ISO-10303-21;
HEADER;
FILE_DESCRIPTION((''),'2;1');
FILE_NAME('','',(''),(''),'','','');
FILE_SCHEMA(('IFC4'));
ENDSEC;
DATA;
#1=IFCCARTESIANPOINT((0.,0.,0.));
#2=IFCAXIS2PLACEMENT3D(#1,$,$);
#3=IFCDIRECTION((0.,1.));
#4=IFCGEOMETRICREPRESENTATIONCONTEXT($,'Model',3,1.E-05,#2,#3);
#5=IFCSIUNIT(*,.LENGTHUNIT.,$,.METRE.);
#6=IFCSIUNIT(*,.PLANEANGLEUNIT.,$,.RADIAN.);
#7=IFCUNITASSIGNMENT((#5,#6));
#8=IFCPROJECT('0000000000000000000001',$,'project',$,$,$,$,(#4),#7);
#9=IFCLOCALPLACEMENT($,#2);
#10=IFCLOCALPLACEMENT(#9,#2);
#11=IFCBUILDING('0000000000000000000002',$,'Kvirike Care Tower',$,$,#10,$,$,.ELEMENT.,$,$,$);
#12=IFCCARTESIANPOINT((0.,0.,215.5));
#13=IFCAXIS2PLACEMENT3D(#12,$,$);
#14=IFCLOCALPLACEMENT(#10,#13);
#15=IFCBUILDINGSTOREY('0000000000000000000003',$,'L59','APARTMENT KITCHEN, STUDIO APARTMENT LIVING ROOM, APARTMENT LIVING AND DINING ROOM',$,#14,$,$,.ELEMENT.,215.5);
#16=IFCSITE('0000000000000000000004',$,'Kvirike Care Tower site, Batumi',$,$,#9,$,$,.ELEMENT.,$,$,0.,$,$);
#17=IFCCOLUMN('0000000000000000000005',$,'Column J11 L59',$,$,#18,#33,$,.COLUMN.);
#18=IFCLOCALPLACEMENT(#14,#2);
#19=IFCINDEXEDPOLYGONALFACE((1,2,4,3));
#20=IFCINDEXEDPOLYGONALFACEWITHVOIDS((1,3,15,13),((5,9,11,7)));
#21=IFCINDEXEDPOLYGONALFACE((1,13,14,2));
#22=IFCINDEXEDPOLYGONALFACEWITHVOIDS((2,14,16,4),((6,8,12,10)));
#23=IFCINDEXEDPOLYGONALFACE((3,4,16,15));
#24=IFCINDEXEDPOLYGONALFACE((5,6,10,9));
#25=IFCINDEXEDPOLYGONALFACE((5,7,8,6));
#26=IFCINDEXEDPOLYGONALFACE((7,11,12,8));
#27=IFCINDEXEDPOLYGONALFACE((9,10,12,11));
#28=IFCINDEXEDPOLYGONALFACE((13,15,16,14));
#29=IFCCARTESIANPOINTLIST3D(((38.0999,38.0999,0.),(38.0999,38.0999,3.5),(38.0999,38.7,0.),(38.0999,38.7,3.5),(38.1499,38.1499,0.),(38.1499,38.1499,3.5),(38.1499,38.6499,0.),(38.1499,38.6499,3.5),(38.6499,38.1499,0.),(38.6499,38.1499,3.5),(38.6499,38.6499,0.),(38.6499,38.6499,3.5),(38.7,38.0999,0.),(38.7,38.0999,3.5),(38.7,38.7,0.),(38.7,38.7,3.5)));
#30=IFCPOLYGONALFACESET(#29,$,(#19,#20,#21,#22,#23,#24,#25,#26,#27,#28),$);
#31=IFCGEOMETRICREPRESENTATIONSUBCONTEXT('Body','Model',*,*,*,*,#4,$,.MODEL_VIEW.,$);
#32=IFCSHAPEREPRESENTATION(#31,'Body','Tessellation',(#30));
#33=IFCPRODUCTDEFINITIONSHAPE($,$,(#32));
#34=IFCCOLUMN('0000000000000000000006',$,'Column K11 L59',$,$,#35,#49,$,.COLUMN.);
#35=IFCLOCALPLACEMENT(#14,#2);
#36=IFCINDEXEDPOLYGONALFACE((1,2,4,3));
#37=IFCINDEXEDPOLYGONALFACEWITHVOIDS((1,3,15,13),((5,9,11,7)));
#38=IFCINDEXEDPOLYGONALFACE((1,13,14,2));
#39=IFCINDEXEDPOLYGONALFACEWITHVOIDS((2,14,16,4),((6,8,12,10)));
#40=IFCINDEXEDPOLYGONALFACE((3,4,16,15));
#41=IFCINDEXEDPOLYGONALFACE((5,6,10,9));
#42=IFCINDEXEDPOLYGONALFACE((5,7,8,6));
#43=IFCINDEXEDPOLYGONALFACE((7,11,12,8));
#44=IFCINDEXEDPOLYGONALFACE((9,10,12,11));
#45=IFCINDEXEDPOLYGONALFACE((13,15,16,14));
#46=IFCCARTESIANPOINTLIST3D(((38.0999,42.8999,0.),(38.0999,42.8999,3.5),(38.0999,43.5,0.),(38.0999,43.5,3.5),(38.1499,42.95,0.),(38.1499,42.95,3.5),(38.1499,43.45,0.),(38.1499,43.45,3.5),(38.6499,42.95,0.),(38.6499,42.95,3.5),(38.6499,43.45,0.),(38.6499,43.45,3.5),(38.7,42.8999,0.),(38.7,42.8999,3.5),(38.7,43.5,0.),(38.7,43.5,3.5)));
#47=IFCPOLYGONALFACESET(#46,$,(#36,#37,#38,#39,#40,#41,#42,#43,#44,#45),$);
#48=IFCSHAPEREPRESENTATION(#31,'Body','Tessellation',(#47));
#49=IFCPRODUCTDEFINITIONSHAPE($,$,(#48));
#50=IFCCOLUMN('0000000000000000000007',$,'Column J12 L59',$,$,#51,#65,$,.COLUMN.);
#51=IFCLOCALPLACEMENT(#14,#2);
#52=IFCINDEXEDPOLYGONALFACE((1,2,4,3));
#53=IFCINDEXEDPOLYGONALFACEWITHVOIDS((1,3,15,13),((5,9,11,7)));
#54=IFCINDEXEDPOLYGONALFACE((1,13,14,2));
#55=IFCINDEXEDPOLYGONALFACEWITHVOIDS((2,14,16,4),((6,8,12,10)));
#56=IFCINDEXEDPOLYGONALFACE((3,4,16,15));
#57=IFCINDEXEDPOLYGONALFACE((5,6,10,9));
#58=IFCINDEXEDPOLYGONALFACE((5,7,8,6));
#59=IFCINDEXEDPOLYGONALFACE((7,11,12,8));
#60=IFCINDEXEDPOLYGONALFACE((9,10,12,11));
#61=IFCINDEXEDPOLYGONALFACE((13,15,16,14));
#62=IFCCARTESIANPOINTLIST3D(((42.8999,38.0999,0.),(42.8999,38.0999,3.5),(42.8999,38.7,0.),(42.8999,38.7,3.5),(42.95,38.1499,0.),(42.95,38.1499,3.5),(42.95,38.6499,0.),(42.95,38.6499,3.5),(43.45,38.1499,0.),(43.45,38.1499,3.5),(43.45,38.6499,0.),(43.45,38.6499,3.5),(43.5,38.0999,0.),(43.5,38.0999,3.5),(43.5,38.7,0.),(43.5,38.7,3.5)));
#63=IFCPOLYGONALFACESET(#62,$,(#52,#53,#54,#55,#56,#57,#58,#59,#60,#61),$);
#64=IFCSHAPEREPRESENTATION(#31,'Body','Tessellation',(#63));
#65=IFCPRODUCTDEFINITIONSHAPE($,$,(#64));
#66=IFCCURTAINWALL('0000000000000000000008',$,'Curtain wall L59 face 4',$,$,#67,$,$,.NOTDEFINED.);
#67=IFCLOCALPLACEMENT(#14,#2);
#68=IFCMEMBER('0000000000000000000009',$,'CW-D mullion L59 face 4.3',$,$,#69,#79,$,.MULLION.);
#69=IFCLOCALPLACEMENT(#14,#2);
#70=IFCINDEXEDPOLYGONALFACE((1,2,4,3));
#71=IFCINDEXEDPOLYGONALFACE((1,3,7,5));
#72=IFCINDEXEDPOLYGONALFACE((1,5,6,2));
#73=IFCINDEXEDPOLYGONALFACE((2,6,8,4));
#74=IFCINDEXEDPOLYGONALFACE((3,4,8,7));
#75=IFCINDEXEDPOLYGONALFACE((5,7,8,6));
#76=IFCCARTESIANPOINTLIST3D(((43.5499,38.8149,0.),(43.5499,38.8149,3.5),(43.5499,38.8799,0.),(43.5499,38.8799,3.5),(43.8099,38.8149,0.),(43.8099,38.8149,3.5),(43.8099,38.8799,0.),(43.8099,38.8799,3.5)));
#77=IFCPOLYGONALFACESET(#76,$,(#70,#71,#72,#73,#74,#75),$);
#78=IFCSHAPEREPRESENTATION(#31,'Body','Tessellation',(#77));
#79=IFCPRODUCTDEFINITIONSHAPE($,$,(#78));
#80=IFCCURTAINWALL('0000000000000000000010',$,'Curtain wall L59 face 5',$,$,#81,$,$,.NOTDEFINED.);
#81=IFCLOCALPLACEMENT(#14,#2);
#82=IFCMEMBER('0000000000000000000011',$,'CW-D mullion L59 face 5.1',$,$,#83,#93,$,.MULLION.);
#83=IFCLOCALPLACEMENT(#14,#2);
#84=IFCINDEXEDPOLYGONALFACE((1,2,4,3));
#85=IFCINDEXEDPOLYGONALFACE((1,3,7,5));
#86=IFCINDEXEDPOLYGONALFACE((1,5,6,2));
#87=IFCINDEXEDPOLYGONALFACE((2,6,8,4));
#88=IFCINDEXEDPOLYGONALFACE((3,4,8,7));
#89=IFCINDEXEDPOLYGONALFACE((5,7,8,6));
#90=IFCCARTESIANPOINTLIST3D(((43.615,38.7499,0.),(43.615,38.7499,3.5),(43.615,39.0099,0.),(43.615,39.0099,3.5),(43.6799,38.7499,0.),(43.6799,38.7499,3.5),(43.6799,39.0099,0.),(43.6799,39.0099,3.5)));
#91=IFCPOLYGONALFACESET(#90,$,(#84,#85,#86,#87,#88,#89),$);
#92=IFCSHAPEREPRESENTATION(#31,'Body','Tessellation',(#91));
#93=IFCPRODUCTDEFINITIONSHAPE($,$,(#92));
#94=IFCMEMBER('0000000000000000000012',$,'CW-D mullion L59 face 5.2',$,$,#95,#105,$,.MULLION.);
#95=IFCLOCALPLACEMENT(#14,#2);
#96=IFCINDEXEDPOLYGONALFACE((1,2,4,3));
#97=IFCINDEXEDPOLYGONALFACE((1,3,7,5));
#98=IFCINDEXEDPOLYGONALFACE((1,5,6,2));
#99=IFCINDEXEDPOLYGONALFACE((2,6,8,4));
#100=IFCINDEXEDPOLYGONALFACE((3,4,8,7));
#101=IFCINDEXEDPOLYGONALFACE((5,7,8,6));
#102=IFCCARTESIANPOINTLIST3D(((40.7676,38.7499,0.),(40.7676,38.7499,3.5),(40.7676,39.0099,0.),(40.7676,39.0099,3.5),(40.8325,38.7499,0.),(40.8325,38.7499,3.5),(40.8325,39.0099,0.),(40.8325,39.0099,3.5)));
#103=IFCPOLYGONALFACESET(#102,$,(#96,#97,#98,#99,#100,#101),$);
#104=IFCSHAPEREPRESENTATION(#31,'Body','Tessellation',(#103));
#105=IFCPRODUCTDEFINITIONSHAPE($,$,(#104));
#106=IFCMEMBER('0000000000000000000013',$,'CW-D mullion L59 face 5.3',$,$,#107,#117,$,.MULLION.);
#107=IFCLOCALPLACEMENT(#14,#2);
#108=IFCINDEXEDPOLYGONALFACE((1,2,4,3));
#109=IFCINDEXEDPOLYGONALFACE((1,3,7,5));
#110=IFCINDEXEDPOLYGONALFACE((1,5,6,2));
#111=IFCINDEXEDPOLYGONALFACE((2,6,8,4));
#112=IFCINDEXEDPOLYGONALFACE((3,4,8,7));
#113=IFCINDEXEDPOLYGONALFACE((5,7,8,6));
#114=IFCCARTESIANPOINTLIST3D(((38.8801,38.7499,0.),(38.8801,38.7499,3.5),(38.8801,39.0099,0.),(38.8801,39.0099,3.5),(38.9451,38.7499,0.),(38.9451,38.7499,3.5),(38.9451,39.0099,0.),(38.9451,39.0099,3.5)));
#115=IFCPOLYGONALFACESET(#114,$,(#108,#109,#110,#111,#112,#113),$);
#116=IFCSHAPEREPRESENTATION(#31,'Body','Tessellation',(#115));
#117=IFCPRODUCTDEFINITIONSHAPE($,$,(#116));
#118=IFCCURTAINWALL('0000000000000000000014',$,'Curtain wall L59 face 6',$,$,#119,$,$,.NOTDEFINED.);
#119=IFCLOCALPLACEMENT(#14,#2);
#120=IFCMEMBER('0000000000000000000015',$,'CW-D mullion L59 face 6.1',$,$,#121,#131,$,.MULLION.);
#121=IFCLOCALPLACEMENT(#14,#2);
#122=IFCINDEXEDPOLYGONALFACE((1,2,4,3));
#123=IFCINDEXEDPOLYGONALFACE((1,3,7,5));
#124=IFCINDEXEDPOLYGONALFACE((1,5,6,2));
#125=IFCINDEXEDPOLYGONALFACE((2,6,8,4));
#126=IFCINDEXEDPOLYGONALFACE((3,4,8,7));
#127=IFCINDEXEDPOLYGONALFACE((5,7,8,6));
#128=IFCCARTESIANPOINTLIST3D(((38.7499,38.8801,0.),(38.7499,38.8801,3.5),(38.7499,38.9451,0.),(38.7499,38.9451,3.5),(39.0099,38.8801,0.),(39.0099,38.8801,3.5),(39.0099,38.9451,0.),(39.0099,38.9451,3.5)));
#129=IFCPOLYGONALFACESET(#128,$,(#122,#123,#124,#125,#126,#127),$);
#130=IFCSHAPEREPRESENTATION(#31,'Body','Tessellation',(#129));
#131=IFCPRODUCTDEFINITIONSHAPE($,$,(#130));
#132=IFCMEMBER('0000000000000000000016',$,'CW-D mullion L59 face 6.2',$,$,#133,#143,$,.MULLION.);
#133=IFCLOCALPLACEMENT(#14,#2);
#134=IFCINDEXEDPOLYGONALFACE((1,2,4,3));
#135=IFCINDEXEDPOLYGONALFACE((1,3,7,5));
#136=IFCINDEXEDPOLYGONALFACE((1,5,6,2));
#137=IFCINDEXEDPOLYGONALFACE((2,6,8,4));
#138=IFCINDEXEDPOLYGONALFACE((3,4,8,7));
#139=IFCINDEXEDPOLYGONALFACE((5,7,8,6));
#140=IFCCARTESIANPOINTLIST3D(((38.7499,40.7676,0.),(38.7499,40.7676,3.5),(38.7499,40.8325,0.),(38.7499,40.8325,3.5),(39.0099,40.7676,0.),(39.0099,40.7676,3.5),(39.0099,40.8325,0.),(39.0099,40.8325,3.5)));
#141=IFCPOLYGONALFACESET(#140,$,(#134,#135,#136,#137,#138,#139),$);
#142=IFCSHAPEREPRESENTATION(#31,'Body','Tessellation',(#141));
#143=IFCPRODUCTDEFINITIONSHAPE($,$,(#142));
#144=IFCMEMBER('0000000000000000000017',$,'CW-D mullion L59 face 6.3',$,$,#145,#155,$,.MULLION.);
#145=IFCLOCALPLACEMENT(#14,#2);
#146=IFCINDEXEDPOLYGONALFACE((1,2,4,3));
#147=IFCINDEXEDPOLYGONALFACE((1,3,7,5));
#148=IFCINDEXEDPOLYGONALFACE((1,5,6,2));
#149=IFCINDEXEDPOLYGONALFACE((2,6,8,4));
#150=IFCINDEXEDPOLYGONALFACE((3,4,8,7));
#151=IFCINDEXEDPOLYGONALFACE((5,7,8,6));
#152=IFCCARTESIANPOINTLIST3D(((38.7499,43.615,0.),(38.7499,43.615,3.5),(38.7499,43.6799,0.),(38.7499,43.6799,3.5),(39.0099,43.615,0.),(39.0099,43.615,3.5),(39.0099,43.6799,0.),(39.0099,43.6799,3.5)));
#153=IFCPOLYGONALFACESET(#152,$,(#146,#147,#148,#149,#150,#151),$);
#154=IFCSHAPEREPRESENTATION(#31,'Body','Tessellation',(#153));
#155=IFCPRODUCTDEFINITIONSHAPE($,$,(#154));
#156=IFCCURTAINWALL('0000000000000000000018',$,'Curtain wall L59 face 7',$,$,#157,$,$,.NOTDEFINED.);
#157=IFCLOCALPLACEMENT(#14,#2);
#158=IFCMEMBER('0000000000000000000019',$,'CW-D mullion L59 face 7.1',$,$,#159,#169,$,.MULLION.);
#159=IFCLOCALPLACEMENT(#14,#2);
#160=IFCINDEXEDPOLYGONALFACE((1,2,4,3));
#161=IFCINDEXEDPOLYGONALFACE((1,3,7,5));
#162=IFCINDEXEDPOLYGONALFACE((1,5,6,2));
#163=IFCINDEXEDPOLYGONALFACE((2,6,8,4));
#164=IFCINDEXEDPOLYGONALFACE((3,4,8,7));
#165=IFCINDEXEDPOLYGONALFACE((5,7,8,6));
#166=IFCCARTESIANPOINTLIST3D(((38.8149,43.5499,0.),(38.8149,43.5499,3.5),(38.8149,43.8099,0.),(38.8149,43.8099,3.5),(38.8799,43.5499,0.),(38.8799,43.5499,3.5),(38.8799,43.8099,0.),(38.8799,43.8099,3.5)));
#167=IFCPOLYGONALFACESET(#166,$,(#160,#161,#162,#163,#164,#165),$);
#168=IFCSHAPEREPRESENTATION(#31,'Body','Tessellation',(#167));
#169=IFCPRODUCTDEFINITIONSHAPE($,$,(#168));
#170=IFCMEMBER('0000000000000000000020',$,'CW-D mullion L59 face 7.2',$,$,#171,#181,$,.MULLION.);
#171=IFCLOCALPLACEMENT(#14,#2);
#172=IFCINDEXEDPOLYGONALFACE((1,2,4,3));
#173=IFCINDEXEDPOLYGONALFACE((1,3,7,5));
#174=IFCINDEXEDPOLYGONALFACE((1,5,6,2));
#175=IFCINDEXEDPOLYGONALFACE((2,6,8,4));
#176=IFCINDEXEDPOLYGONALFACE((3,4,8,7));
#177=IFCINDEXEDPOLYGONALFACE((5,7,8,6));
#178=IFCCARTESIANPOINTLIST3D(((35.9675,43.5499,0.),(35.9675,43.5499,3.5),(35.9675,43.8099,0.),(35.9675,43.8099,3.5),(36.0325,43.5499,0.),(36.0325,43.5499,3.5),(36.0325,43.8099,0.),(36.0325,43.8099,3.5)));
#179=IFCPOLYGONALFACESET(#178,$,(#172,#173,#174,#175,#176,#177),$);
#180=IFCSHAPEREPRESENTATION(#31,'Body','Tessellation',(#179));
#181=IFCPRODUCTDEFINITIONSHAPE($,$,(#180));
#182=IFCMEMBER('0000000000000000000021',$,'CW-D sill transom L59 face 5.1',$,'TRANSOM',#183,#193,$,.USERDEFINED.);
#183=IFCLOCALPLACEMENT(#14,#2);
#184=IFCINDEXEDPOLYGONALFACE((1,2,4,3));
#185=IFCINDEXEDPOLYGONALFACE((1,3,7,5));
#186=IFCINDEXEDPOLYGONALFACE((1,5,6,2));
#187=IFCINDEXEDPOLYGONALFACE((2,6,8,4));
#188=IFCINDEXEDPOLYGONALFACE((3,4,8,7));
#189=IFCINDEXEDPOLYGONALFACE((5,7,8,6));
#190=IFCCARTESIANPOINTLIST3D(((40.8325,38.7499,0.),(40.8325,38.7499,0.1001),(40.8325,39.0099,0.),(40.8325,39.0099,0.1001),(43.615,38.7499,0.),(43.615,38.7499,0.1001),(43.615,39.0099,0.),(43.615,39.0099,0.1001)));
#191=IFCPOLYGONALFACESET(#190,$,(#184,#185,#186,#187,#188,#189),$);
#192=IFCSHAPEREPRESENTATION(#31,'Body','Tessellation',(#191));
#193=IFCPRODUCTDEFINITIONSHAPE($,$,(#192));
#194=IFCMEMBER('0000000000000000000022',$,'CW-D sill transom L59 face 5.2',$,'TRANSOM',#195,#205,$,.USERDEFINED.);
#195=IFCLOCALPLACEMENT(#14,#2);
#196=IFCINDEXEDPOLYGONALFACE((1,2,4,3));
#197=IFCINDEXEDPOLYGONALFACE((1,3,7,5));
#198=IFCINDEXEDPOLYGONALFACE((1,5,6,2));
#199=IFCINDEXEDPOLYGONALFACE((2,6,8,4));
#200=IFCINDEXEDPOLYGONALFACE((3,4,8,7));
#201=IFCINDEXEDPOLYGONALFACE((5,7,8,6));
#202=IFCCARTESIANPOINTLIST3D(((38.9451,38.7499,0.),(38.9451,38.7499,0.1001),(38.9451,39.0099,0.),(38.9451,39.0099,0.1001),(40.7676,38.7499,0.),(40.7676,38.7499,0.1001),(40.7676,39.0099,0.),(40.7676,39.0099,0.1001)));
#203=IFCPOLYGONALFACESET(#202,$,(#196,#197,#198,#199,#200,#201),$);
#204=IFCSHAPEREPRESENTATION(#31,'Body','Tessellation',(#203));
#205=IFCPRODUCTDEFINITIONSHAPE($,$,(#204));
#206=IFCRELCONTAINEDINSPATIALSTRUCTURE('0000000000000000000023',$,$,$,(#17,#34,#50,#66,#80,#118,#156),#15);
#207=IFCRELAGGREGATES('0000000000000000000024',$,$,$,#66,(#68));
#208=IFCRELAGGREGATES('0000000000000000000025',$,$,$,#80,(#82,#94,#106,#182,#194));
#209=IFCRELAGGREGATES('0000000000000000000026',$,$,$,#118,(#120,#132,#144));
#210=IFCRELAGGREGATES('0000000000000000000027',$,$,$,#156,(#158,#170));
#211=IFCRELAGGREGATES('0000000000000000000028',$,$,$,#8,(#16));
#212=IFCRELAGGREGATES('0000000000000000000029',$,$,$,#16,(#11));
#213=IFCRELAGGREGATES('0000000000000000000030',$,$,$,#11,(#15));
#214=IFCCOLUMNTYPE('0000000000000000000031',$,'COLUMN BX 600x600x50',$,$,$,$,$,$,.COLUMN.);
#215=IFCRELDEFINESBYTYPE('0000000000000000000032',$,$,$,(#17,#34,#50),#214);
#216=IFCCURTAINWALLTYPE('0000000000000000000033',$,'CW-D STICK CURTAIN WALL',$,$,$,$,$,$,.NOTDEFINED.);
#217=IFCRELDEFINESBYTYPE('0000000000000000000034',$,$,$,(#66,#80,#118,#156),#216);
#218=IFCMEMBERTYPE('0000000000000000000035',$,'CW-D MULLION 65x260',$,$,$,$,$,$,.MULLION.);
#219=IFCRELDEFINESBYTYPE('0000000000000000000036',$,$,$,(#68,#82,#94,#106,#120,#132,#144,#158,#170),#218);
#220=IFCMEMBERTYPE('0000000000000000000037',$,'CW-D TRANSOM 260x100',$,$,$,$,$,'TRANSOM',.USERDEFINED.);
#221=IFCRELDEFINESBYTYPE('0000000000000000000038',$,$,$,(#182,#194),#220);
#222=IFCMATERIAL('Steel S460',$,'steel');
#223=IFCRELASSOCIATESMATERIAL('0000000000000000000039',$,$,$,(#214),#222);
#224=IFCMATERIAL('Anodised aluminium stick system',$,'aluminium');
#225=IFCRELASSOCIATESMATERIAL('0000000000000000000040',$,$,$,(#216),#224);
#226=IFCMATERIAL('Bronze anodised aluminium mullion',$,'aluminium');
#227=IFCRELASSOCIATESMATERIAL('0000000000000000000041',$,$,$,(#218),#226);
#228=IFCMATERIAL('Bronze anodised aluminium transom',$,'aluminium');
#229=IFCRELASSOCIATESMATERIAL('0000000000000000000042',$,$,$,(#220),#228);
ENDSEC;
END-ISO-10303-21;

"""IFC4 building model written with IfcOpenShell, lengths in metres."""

from ifc_helpers import new_model, si_unit, direction, frame, origin, origin_2d, place, context, subcontext, project, spatial, rectangle, hollow_rectangle, extrude, material, material_profile, profile_set, type_object, element, aggregate, save


model = new_model("IFC4")

# Units and contexts
model_context = context("Model", 3, precision=1e-05, world=origin(), true_north=direction((0.0, 1.0)))
body_context = subcontext(model_context, "Body", "Model", "MODEL_VIEW")
ifc_project = project(units=[si_unit("LENGTHUNIT", "METRE"), si_unit("PLANEANGLEUNIT", "RADIAN")], contexts=[model_context])

# Site, building, storey
site_placement = place(None, origin())
site = spatial("IfcSite", under=ifc_project, at=site_placement, Name="Kvirike Care Tower site, Batumi", CompositionType="ELEMENT", RefElevation=0.0)
building_placement = place(site_placement, origin())
building = spatial("IfcBuilding", under=site, at=building_placement, Name="Kvirike Care Tower", CompositionType="ELEMENT")
storey_placement = place(building_placement, frame((0.0, 0.0, 215.5)))
storey = spatial("IfcBuildingStorey", under=building, at=storey_placement, Name="L59", Description="APARTMENT KITCHEN, STUDIO APARTMENT LIVING ROOM, APARTMENT LIVING AND DINING ROOM", CompositionType="ELEMENT", Elevation=215.5)

# Columns
ifc_material_1 = material(Name="Steel S460", Category="steel")
ifc_material_profile_1 = material_profile(ifc_material_1, hollow_rectangle(XDim=0.6001, YDim=0.6001, WallThickness=0.05, at=origin_2d()), Name="BX 600x600x50")
ifc_profile_set_1 = profile_set([ifc_material_profile_1], Name="Steel S460")
column_type = type_object("IfcColumnType", Name="COLUMN BX 600x600x50", PredefinedType="COLUMN", material=ifc_profile_set_1)
for number, where, z_axis, x_axis, name in (
    (1, (38.3999, 38.3999, 0.0), (0.0, 0.0, 1.0), (0.0, 1.0, 0.0), "Column J11 L59"),
    (2, (38.3999, 43.2, 0.0), (0.0, 0.0, 1.0), (0.0, 1.0, 0.0), "Column K11 L59"),
    (3, (43.2, 38.3999, 0.0), (0.0, 0.0, 1.0), (0.0, 1.0, 0.0), "Column J12 L59"),
):
    element("IfcColumn", number, at=place(storey_placement, frame(where, z_axis=z_axis, x_axis=x_axis)), inside=storey, type_object=column_type, Name=name, PredefinedType="COLUMN", context=body_context, shape_type="SweptSolid", body=[
        extrude(hollow_rectangle(XDim=0.6001, YDim=0.6001, WallThickness=0.05, at=origin_2d()), origin(), (0.0, 0.0, 1.0), 3.5),
    ])

# Curtain wall, member
ifc_material_2 = material(Name="Anodised aluminium stick system", Category="aluminium")
curtain_wall_type = type_object("IfcCurtainWallType", Name="CW-D STICK CURTAIN WALL", PredefinedType="NOTDEFINED", material=ifc_material_2)
curtain_wall_1_placement = place(storey_placement, origin())
curtain_wall_1 = element("IfcCurtainWall", 4, at=curtain_wall_1_placement, inside=storey, type_object=curtain_wall_type, Name="Curtain wall L59 face 4", PredefinedType="NOTDEFINED")
ifc_material_3 = material(Name="Bronze anodised aluminium mullion", Category="aluminium")
ifc_material_profile_2 = material_profile(ifc_material_3, rectangle(XDim=0.0649, YDim=0.26, at=origin_2d()), Name="CW-D MULLION 65x260")
ifc_profile_set_2 = profile_set([ifc_material_profile_2], Name="Bronze anodised aluminium mullion")
member_type_1 = type_object("IfcMemberType", Name="CW-D MULLION 65x260", PredefinedType="MULLION", material=ifc_profile_set_2)
member_1_placement = place(storey_placement, frame((43.6799, 38.8474, 0.0), z_axis=(0.0, 0.0, 1.0), x_axis=(0.0, 1.0, 0.0)))
member_1 = element("IfcMember", 5, at=member_1_placement, type_object=member_type_1, Name="CW-D mullion L59 face 4.3", PredefinedType="MULLION", context=body_context, shape_type="SweptSolid", body=[
    extrude(rectangle(XDim=0.0649, YDim=0.26, at=origin_2d()), origin(), (0.0, 0.0, 1.0), 3.5),
])

# Curtain walls, members
curtain_wall_2_placement = place(storey_placement, origin())
curtain_wall_2 = element("IfcCurtainWall", 6, at=curtain_wall_2_placement, inside=storey, type_object=curtain_wall_type, Name="Curtain wall L59 face 5", PredefinedType="NOTDEFINED")
member_2_placement = place(storey_placement, frame((43.6475, 38.8799, 0.0), z_axis=(0.0, 0.0, 1.0), x_axis=(-1.0, 0.0, 0.0)))
member_2 = element("IfcMember", 7, at=member_2_placement, type_object=member_type_1, Name="CW-D mullion L59 face 5.1", PredefinedType="MULLION", context=body_context, shape_type="SweptSolid", body=[
    extrude(rectangle(XDim=0.0649, YDim=0.26, at=origin_2d()), origin(), (0.0, 0.0, 1.0), 3.5),
])
member_3_placement = place(storey_placement, frame((40.8, 38.8799, 0.0), z_axis=(0.0, 0.0, 1.0), x_axis=(-1.0, 0.0, 0.0)))
member_3 = element("IfcMember", 8, at=member_3_placement, type_object=member_type_1, Name="CW-D mullion L59 face 5.2", PredefinedType="MULLION", context=body_context, shape_type="SweptSolid", body=[
    extrude(rectangle(XDim=0.0649, YDim=0.26, at=origin_2d()), origin(), (0.0, 0.0, 1.0), 3.5),
])
member_4_placement = place(storey_placement, frame((38.9126, 38.8799, 0.0), z_axis=(0.0, 0.0, 1.0), x_axis=(-1.0, 0.0, 0.0)))
member_4 = element("IfcMember", 9, at=member_4_placement, type_object=member_type_1, Name="CW-D mullion L59 face 5.3", PredefinedType="MULLION", context=body_context, shape_type="SweptSolid", body=[
    extrude(rectangle(XDim=0.0649, YDim=0.26, at=origin_2d()), origin(), (0.0, 0.0, 1.0), 3.5),
])
curtain_wall_3_placement = place(storey_placement, origin())
curtain_wall_3 = element("IfcCurtainWall", 10, at=curtain_wall_3_placement, inside=storey, type_object=curtain_wall_type, Name="Curtain wall L59 face 6", PredefinedType="NOTDEFINED")
member_5_placement = place(storey_placement, frame((38.8799, 38.9126, 0.0), z_axis=(0.0, 0.0, 1.0), x_axis=(0.0, 1.0, 0.0)))
member_5 = element("IfcMember", 11, at=member_5_placement, type_object=member_type_1, Name="CW-D mullion L59 face 6.1", PredefinedType="MULLION", context=body_context, shape_type="SweptSolid", body=[
    extrude(rectangle(XDim=0.0649, YDim=0.26, at=origin_2d()), origin(), (0.0, 0.0, 1.0), 3.5),
])
member_6_placement = place(storey_placement, frame((38.8799, 40.8, 0.0), z_axis=(0.0, 0.0, 1.0), x_axis=(0.0, 1.0, 0.0)))
member_6 = element("IfcMember", 12, at=member_6_placement, type_object=member_type_1, Name="CW-D mullion L59 face 6.2", PredefinedType="MULLION", context=body_context, shape_type="SweptSolid", body=[
    extrude(rectangle(XDim=0.0649, YDim=0.26, at=origin_2d()), origin(), (0.0, 0.0, 1.0), 3.5),
])
member_7_placement = place(storey_placement, frame((38.8799, 43.6475, 0.0), z_axis=(0.0, 0.0, 1.0), x_axis=(0.0, 1.0, 0.0)))
member_7 = element("IfcMember", 13, at=member_7_placement, type_object=member_type_1, Name="CW-D mullion L59 face 6.3", PredefinedType="MULLION", context=body_context, shape_type="SweptSolid", body=[
    extrude(rectangle(XDim=0.0649, YDim=0.26, at=origin_2d()), origin(), (0.0, 0.0, 1.0), 3.5),
])
curtain_wall_4_placement = place(storey_placement, origin())
curtain_wall_4 = element("IfcCurtainWall", 14, at=curtain_wall_4_placement, inside=storey, type_object=curtain_wall_type, Name="Curtain wall L59 face 7", PredefinedType="NOTDEFINED")
member_8_placement = place(storey_placement, frame((38.8474, 43.6799, 0.0), z_axis=(0.0, 0.0, 1.0), x_axis=(-1.0, 0.0, 0.0)))
member_8 = element("IfcMember", 15, at=member_8_placement, type_object=member_type_1, Name="CW-D mullion L59 face 7.1", PredefinedType="MULLION", context=body_context, shape_type="SweptSolid", body=[
    extrude(rectangle(XDim=0.0649, YDim=0.26, at=origin_2d()), origin(), (0.0, 0.0, 1.0), 3.5),
])
member_9_placement = place(storey_placement, frame((36.0, 43.6799, 0.0), z_axis=(0.0, 0.0, 1.0), x_axis=(-1.0, 0.0, 0.0)))
member_9 = element("IfcMember", 16, at=member_9_placement, type_object=member_type_1, Name="CW-D mullion L59 face 7.2", PredefinedType="MULLION", context=body_context, shape_type="SweptSolid", body=[
    extrude(rectangle(XDim=0.0649, YDim=0.26, at=origin_2d()), origin(), (0.0, 0.0, 1.0), 3.5),
])

# Members
ifc_material_4 = material(Name="Bronze anodised aluminium transom", Category="aluminium")
ifc_material_profile_3 = material_profile(ifc_material_4, rectangle(XDim=0.26, YDim=0.1001, at=origin_2d()), Name="CW-D TRANSOM 260x100")
ifc_profile_set_3 = profile_set([ifc_material_profile_3], Name="Bronze anodised aluminium transom")
member_type_2 = type_object("IfcMemberType", Name="CW-D TRANSOM 260x100", ElementType="TRANSOM", PredefinedType="USERDEFINED", material=ifc_profile_set_3)
member_10_placement = place(storey_placement, frame((43.615, 38.8799, 0.05), z_axis=(-1.0, 0.0, 0.0), x_axis=(0.0, -1.0, 0.0)))
member_10 = element("IfcMember", 17, at=member_10_placement, type_object=member_type_2, Name="CW-D sill transom L59 face 5.1", ObjectType="TRANSOM", PredefinedType="USERDEFINED", context=body_context, shape_type="SweptSolid", body=[
    extrude(rectangle(XDim=0.26, YDim=0.1001, at=origin_2d()), origin(), (0.0, 0.0, 1.0), 2.7825),
])
member_11_placement = place(storey_placement, frame((40.7676, 38.8799, 0.05), z_axis=(-1.0, 0.0, 0.0), x_axis=(0.0, -1.0, 0.0)))
member_11 = element("IfcMember", 18, at=member_11_placement, type_object=member_type_2, Name="CW-D sill transom L59 face 5.2", ObjectType="TRANSOM", PredefinedType="USERDEFINED", context=body_context, shape_type="SweptSolid", body=[
    extrude(rectangle(XDim=0.26, YDim=0.1001, at=origin_2d()), origin(), (0.0, 0.0, 1.0), 1.8225),
])

aggregate(curtain_wall_1, [member_1])
aggregate(curtain_wall_2, [member_2, member_3, member_4, member_10, member_11])
aggregate(curtain_wall_3, [member_5, member_6, member_7])
aggregate(curtain_wall_4, [member_8, member_9])

save(model, "model.ifc")
